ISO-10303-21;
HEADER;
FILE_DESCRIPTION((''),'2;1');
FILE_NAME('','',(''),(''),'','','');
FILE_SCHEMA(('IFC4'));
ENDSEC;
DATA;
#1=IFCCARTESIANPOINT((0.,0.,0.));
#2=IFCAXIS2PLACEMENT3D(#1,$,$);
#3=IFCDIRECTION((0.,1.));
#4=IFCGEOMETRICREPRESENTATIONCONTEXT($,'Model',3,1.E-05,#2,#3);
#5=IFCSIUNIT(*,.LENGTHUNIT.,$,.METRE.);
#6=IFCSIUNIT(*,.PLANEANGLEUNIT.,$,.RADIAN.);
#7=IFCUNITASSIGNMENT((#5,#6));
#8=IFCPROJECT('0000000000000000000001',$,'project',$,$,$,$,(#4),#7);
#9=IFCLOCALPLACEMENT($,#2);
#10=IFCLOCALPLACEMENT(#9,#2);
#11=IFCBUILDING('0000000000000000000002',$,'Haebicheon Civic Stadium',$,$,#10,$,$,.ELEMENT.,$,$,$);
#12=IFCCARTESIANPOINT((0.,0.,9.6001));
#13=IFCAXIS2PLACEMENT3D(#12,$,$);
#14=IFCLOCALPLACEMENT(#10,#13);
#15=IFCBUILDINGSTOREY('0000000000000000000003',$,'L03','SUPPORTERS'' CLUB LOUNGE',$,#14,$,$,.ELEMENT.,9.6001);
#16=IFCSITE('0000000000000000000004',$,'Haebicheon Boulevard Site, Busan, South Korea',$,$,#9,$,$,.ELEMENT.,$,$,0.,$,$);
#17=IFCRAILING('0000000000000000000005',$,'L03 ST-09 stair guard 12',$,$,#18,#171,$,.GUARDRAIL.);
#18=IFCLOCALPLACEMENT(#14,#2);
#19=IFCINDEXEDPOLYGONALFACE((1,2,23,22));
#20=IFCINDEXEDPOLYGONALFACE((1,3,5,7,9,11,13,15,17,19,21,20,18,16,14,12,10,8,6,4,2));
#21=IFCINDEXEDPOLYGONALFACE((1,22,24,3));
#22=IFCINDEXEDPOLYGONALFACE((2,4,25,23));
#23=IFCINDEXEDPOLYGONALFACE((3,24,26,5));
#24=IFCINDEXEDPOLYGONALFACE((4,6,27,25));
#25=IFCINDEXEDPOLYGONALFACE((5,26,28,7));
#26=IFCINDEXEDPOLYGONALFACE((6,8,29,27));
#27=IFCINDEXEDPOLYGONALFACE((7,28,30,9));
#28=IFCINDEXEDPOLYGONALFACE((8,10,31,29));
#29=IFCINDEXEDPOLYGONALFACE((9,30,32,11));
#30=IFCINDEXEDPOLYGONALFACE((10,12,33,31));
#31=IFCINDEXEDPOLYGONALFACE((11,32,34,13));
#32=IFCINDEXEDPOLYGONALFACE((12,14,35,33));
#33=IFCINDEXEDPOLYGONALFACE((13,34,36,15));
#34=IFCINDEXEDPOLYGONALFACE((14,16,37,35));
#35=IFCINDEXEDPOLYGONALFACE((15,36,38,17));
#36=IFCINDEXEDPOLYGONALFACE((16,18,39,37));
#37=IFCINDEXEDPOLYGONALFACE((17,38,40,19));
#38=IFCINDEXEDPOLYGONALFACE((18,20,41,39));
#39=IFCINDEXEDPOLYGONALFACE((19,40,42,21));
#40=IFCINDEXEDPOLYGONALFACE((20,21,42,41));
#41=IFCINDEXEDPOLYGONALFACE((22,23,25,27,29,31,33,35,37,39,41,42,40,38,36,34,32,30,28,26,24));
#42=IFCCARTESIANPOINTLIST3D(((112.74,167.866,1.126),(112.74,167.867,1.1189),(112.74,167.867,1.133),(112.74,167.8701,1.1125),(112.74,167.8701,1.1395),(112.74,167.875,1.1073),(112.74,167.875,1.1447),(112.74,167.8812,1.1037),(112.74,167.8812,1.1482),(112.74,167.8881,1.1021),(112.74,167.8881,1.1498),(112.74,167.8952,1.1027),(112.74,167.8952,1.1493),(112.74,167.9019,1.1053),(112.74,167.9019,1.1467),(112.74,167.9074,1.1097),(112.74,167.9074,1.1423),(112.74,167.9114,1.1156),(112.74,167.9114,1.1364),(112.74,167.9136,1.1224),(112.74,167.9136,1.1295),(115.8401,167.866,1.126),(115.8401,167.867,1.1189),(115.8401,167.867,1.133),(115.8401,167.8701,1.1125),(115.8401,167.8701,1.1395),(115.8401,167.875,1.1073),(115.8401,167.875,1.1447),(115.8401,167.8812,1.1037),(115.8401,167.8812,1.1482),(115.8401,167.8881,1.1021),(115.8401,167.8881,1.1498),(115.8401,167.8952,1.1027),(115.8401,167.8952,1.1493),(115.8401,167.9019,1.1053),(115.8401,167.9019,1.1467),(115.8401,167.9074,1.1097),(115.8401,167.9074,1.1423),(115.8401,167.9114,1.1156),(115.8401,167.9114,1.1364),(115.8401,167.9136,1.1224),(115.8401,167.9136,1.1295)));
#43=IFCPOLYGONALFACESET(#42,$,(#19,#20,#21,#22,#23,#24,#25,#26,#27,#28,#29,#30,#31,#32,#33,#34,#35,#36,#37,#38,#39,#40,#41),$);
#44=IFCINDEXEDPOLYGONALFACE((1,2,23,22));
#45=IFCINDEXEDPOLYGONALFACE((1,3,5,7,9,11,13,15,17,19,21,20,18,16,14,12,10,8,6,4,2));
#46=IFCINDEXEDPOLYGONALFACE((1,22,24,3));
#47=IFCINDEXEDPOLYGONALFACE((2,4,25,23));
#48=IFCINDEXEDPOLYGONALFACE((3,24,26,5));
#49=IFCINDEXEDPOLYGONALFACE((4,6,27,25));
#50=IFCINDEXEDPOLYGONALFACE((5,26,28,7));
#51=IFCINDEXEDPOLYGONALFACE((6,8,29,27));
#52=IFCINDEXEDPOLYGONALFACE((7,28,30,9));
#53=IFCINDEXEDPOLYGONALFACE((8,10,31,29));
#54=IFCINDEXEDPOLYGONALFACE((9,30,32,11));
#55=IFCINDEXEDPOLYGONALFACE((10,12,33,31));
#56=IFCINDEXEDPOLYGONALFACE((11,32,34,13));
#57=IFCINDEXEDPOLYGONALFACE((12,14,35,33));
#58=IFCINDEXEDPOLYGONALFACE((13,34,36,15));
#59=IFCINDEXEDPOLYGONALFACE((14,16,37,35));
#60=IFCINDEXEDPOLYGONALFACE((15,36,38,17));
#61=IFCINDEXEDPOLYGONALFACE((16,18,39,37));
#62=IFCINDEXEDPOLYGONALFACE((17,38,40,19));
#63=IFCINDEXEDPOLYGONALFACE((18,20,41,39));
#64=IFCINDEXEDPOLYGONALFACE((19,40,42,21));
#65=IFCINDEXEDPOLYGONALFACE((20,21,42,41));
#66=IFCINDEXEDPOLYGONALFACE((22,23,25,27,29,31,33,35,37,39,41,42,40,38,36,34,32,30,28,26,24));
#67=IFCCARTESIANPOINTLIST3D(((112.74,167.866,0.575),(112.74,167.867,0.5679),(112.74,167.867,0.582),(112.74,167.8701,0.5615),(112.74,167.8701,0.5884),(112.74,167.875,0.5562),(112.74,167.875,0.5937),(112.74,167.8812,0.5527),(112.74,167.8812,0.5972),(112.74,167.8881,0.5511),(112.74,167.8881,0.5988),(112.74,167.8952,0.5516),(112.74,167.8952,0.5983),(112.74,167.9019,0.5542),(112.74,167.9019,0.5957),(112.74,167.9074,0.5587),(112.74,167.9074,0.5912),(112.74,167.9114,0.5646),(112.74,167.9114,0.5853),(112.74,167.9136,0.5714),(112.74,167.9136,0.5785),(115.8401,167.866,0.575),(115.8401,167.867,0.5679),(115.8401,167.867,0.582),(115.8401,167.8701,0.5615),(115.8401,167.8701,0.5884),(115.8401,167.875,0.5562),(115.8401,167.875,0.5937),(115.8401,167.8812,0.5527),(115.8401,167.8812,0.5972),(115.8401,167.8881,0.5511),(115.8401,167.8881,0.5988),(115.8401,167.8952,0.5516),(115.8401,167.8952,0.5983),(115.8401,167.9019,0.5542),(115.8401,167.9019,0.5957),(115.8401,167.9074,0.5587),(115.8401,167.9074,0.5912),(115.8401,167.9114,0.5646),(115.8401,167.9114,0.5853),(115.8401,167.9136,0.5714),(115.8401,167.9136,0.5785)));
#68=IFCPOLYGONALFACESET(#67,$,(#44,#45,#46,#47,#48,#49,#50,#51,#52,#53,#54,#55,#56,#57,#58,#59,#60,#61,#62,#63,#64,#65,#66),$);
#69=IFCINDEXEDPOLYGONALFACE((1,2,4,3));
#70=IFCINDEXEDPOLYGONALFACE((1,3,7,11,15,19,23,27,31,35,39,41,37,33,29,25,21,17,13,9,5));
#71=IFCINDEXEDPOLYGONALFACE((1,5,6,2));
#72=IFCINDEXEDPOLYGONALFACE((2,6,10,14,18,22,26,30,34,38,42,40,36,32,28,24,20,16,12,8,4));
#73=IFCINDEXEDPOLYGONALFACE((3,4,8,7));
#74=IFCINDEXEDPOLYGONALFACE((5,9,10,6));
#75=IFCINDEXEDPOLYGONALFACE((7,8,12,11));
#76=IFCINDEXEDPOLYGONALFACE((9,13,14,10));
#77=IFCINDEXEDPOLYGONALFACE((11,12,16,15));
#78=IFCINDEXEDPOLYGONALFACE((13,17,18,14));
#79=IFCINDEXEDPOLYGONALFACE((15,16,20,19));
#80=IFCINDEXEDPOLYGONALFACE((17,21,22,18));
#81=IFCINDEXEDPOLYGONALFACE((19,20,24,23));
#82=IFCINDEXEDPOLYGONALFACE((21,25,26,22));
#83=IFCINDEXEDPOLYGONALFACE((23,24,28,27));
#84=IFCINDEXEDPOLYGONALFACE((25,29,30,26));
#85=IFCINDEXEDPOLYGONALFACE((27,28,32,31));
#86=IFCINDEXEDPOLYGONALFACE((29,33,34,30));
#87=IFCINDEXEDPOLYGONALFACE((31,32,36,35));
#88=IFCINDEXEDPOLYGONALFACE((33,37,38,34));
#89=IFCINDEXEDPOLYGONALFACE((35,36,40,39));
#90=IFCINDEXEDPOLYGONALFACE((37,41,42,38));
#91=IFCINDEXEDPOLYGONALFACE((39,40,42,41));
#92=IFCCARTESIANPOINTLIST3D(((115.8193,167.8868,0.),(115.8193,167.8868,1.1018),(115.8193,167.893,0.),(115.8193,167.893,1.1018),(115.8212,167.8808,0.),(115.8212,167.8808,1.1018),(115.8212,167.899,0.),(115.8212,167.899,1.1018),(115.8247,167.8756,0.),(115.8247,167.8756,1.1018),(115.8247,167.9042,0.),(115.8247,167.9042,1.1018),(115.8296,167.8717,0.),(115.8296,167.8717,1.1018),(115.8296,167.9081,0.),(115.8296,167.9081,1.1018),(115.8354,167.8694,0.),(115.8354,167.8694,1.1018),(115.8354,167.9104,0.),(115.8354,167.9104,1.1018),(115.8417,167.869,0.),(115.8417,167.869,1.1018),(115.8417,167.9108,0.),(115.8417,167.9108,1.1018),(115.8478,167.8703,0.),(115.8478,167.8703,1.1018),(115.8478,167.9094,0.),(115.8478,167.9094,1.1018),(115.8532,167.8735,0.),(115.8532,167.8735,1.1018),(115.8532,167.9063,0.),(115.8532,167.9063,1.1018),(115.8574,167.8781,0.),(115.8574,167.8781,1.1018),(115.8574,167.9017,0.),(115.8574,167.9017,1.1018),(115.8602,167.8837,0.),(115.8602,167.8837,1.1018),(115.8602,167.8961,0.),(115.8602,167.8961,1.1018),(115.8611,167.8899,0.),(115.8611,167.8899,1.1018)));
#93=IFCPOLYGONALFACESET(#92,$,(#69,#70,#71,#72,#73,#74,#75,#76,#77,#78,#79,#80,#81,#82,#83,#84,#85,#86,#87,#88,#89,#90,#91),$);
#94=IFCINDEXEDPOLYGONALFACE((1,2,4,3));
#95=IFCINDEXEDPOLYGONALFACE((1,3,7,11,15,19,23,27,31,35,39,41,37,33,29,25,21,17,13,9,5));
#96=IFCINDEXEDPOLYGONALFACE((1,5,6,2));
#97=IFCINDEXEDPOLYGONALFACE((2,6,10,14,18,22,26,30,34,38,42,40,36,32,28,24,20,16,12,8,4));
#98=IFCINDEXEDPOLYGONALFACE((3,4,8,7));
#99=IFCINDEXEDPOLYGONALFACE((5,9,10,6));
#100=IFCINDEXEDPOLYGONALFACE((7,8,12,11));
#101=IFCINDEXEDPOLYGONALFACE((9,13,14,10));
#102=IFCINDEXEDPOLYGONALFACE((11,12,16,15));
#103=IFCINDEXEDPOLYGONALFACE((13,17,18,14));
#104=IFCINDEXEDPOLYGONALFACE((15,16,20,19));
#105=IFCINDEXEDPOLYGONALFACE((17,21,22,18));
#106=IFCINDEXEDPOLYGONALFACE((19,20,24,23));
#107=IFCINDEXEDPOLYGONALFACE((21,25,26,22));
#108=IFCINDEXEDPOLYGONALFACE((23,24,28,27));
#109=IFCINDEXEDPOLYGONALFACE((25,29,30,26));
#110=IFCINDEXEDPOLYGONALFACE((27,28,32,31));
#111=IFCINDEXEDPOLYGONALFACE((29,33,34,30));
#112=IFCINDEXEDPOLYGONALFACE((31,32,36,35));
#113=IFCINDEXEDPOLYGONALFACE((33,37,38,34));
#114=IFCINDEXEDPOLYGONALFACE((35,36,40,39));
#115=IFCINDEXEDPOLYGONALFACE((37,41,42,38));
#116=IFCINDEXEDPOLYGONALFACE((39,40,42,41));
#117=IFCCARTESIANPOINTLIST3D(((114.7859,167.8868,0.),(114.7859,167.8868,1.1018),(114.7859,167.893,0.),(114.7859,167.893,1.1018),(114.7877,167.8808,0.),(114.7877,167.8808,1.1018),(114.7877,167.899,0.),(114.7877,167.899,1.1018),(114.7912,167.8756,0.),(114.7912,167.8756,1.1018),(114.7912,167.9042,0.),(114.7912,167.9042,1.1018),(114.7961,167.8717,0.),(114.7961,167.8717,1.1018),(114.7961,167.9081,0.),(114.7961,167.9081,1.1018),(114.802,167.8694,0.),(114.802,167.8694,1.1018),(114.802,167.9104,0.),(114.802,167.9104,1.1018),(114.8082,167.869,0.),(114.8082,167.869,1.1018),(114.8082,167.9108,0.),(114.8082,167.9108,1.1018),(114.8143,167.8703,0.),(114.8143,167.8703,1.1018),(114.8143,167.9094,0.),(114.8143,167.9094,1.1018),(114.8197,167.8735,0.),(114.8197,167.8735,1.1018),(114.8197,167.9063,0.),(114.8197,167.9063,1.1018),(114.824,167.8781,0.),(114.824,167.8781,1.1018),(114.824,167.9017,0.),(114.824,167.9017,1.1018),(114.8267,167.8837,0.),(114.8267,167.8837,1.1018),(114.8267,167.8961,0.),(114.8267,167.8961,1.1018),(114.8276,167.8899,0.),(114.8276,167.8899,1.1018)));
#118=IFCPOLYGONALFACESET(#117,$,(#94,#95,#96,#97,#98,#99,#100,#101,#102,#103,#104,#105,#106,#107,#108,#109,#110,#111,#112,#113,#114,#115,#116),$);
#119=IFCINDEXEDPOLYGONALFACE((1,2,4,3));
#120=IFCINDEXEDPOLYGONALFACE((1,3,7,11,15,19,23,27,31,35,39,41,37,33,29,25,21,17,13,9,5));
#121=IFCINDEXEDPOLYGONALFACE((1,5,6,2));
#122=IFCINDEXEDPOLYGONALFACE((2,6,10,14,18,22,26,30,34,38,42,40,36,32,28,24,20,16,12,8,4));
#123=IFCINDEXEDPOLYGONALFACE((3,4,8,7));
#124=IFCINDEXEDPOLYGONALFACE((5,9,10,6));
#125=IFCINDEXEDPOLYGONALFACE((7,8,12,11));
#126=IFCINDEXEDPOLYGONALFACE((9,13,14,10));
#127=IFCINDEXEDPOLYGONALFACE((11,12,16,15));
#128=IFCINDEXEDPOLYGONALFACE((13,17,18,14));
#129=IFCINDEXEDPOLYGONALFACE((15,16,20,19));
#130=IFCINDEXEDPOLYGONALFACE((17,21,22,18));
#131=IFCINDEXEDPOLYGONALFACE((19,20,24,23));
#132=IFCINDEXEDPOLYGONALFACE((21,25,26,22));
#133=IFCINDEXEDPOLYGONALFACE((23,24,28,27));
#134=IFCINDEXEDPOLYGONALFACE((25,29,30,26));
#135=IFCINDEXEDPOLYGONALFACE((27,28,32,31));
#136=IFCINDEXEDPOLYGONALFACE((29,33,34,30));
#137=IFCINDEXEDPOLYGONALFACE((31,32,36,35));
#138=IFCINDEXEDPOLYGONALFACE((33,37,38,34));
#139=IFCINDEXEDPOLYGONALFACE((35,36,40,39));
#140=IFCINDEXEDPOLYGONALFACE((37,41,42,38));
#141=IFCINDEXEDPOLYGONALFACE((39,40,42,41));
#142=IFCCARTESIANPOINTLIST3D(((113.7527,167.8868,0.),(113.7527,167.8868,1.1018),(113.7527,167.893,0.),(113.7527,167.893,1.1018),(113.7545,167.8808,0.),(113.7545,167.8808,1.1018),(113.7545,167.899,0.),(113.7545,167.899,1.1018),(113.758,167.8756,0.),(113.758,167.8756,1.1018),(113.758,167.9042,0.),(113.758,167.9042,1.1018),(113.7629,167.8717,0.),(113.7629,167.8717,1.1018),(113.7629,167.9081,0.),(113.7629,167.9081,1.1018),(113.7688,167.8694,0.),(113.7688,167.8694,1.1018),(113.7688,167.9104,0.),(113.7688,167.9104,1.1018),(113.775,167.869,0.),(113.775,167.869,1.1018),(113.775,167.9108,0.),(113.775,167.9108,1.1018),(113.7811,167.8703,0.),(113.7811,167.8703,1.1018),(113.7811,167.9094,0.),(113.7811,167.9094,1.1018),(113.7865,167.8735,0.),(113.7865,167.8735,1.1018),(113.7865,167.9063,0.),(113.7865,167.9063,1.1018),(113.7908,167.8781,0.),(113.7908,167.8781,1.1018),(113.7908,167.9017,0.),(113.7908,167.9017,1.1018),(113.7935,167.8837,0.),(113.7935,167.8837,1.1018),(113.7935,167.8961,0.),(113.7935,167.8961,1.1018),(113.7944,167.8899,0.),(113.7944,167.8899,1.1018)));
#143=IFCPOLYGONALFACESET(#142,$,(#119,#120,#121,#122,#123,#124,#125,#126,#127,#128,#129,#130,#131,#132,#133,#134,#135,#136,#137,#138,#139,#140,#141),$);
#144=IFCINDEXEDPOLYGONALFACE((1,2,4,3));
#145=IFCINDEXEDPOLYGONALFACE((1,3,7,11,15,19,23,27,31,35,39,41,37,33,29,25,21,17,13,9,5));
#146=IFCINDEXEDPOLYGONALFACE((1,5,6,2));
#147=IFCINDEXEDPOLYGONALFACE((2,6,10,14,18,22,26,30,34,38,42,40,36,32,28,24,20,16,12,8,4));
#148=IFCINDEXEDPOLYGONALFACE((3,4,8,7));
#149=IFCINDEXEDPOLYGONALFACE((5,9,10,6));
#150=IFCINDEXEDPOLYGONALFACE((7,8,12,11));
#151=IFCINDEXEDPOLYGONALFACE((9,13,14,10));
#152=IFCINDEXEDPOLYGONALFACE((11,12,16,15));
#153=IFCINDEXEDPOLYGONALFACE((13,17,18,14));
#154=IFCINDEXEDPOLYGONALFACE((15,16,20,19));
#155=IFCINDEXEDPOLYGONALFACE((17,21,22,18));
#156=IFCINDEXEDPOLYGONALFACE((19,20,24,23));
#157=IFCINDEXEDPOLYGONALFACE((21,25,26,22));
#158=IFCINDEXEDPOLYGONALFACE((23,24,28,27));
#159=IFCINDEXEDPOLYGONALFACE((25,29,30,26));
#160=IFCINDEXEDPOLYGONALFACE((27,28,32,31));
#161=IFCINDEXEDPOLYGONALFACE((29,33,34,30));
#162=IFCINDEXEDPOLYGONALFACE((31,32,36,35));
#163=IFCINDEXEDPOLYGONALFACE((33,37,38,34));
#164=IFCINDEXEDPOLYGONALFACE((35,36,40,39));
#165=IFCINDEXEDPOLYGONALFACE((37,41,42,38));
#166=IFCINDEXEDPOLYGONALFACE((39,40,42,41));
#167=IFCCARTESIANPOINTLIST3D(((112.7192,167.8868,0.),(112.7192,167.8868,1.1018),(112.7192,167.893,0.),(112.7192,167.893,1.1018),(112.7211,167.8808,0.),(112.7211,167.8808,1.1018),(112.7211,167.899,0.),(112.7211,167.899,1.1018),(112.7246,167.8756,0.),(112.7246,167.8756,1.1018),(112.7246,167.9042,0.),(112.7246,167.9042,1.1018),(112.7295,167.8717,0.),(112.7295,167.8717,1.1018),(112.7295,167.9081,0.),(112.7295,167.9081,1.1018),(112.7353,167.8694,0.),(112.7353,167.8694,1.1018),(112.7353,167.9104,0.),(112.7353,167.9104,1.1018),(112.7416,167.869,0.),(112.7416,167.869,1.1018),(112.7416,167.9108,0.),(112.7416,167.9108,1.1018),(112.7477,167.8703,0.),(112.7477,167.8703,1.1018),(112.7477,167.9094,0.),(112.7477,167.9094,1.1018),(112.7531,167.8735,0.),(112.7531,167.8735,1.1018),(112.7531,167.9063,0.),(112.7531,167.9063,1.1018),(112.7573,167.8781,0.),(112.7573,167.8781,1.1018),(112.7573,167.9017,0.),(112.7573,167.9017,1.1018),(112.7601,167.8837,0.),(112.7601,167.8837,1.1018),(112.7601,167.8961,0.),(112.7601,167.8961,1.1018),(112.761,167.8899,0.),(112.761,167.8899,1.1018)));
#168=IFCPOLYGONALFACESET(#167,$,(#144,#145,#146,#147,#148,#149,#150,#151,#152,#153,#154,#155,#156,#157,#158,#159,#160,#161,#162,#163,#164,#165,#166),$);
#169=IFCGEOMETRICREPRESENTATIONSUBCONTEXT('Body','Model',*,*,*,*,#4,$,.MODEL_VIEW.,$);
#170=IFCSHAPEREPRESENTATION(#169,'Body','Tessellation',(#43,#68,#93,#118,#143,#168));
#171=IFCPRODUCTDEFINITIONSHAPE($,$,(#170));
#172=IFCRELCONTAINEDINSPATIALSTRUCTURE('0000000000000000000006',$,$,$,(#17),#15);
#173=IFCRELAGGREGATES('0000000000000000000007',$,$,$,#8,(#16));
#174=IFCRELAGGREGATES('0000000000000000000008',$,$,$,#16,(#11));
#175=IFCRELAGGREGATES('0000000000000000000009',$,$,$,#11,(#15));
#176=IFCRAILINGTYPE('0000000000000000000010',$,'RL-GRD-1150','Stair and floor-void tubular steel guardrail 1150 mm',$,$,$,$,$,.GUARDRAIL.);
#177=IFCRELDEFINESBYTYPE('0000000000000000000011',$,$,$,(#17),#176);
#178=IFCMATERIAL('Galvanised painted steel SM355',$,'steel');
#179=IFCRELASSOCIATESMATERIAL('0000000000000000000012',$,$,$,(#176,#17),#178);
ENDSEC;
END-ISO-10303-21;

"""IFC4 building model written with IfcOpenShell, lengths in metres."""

from ifc_helpers import new_model, si_unit, direction, frame, origin, origin_2d, place, context, subcontext, project, spatial, circle, extrude, material, type_object, element, save


model = new_model("IFC4")

# Units and contexts
model_context = context("Model", 3, precision=1e-05, world=origin(), true_north=direction((0.0, 1.0)))
body_context = subcontext(model_context, "Body", "Model", "MODEL_VIEW")
ifc_project = project(units=[si_unit("LENGTHUNIT", "METRE"), si_unit("PLANEANGLEUNIT", "RADIAN")], contexts=[model_context])

# Site, building, storey
site_placement = place(None, origin())
site = spatial("IfcSite", under=ifc_project, at=site_placement, Name="Haebicheon Boulevard Site, Busan, South Korea", CompositionType="ELEMENT", RefElevation=0.0)
building_placement = place(site_placement, origin())
building = spatial("IfcBuilding", under=site, at=building_placement, Name="Haebicheon Civic Stadium", CompositionType="ELEMENT")
storey_placement = place(building_placement, frame((0.0, 0.0, 9.6001)))
storey = spatial("IfcBuildingStorey", under=building, at=storey_placement, Name="L03", Description="SUPPORTERS' CLUB LOUNGE", CompositionType="ELEMENT", Elevation=9.6001)

# Railing
ifc_material_1 = material(Name="Galvanised painted steel SM355", Category="steel")
railing_type_1 = type_object("IfcRailingType", Name="RL-GRD-1150", Description="Stair and floor-void tubular steel guardrail 1150 mm", PredefinedType="GUARDRAIL", material=ifc_material_1)
railing_1_placement = place(storey_placement, frame((115.8401, 167.8899, 0.0)))
element("IfcRailing", 1, at=railing_1_placement, inside=storey, type_object=railing_type_1, material=ifc_material_1, Name="L03 ST-09 stair guard 12", PredefinedType="GUARDRAIL", context=body_context, shape_type="SweptSolid", body=[
    extrude(circle(Radius=0.0239, at=origin_2d()), frame((0.0, 0.0, 1.126), z_axis=(-1.0, 0.0, 0.0), x_axis=(0.0, -1.0, 0.0)), (0.0, 0.0, 1.0), 3.1001),
    extrude(circle(Radius=0.0239, at=origin_2d()), frame((0.0, 0.0, 0.575), z_axis=(-1.0, 0.0, 0.0), x_axis=(0.0, -1.0, 0.0)), (0.0, 0.0, 1.0), 3.1001),
    extrude(circle(Radius=0.021, at=origin_2d()), origin(), (0.0, 0.0, 1.0), 1.1018),
    extrude(circle(Radius=0.021, at=origin_2d()), frame((-1.0334, 0.0, 0.0)), (0.0, 0.0, 1.0), 1.1018),
    extrude(circle(Radius=0.021, at=origin_2d()), frame((-2.0667, 0.0, 0.0)), (0.0, 0.0, 1.0), 1.1018),
    extrude(circle(Radius=0.021, at=origin_2d()), frame((-3.1001, 0.0, 0.0)), (0.0, 0.0, 1.0), 1.1018),
])

save(model, "model.ifc")
